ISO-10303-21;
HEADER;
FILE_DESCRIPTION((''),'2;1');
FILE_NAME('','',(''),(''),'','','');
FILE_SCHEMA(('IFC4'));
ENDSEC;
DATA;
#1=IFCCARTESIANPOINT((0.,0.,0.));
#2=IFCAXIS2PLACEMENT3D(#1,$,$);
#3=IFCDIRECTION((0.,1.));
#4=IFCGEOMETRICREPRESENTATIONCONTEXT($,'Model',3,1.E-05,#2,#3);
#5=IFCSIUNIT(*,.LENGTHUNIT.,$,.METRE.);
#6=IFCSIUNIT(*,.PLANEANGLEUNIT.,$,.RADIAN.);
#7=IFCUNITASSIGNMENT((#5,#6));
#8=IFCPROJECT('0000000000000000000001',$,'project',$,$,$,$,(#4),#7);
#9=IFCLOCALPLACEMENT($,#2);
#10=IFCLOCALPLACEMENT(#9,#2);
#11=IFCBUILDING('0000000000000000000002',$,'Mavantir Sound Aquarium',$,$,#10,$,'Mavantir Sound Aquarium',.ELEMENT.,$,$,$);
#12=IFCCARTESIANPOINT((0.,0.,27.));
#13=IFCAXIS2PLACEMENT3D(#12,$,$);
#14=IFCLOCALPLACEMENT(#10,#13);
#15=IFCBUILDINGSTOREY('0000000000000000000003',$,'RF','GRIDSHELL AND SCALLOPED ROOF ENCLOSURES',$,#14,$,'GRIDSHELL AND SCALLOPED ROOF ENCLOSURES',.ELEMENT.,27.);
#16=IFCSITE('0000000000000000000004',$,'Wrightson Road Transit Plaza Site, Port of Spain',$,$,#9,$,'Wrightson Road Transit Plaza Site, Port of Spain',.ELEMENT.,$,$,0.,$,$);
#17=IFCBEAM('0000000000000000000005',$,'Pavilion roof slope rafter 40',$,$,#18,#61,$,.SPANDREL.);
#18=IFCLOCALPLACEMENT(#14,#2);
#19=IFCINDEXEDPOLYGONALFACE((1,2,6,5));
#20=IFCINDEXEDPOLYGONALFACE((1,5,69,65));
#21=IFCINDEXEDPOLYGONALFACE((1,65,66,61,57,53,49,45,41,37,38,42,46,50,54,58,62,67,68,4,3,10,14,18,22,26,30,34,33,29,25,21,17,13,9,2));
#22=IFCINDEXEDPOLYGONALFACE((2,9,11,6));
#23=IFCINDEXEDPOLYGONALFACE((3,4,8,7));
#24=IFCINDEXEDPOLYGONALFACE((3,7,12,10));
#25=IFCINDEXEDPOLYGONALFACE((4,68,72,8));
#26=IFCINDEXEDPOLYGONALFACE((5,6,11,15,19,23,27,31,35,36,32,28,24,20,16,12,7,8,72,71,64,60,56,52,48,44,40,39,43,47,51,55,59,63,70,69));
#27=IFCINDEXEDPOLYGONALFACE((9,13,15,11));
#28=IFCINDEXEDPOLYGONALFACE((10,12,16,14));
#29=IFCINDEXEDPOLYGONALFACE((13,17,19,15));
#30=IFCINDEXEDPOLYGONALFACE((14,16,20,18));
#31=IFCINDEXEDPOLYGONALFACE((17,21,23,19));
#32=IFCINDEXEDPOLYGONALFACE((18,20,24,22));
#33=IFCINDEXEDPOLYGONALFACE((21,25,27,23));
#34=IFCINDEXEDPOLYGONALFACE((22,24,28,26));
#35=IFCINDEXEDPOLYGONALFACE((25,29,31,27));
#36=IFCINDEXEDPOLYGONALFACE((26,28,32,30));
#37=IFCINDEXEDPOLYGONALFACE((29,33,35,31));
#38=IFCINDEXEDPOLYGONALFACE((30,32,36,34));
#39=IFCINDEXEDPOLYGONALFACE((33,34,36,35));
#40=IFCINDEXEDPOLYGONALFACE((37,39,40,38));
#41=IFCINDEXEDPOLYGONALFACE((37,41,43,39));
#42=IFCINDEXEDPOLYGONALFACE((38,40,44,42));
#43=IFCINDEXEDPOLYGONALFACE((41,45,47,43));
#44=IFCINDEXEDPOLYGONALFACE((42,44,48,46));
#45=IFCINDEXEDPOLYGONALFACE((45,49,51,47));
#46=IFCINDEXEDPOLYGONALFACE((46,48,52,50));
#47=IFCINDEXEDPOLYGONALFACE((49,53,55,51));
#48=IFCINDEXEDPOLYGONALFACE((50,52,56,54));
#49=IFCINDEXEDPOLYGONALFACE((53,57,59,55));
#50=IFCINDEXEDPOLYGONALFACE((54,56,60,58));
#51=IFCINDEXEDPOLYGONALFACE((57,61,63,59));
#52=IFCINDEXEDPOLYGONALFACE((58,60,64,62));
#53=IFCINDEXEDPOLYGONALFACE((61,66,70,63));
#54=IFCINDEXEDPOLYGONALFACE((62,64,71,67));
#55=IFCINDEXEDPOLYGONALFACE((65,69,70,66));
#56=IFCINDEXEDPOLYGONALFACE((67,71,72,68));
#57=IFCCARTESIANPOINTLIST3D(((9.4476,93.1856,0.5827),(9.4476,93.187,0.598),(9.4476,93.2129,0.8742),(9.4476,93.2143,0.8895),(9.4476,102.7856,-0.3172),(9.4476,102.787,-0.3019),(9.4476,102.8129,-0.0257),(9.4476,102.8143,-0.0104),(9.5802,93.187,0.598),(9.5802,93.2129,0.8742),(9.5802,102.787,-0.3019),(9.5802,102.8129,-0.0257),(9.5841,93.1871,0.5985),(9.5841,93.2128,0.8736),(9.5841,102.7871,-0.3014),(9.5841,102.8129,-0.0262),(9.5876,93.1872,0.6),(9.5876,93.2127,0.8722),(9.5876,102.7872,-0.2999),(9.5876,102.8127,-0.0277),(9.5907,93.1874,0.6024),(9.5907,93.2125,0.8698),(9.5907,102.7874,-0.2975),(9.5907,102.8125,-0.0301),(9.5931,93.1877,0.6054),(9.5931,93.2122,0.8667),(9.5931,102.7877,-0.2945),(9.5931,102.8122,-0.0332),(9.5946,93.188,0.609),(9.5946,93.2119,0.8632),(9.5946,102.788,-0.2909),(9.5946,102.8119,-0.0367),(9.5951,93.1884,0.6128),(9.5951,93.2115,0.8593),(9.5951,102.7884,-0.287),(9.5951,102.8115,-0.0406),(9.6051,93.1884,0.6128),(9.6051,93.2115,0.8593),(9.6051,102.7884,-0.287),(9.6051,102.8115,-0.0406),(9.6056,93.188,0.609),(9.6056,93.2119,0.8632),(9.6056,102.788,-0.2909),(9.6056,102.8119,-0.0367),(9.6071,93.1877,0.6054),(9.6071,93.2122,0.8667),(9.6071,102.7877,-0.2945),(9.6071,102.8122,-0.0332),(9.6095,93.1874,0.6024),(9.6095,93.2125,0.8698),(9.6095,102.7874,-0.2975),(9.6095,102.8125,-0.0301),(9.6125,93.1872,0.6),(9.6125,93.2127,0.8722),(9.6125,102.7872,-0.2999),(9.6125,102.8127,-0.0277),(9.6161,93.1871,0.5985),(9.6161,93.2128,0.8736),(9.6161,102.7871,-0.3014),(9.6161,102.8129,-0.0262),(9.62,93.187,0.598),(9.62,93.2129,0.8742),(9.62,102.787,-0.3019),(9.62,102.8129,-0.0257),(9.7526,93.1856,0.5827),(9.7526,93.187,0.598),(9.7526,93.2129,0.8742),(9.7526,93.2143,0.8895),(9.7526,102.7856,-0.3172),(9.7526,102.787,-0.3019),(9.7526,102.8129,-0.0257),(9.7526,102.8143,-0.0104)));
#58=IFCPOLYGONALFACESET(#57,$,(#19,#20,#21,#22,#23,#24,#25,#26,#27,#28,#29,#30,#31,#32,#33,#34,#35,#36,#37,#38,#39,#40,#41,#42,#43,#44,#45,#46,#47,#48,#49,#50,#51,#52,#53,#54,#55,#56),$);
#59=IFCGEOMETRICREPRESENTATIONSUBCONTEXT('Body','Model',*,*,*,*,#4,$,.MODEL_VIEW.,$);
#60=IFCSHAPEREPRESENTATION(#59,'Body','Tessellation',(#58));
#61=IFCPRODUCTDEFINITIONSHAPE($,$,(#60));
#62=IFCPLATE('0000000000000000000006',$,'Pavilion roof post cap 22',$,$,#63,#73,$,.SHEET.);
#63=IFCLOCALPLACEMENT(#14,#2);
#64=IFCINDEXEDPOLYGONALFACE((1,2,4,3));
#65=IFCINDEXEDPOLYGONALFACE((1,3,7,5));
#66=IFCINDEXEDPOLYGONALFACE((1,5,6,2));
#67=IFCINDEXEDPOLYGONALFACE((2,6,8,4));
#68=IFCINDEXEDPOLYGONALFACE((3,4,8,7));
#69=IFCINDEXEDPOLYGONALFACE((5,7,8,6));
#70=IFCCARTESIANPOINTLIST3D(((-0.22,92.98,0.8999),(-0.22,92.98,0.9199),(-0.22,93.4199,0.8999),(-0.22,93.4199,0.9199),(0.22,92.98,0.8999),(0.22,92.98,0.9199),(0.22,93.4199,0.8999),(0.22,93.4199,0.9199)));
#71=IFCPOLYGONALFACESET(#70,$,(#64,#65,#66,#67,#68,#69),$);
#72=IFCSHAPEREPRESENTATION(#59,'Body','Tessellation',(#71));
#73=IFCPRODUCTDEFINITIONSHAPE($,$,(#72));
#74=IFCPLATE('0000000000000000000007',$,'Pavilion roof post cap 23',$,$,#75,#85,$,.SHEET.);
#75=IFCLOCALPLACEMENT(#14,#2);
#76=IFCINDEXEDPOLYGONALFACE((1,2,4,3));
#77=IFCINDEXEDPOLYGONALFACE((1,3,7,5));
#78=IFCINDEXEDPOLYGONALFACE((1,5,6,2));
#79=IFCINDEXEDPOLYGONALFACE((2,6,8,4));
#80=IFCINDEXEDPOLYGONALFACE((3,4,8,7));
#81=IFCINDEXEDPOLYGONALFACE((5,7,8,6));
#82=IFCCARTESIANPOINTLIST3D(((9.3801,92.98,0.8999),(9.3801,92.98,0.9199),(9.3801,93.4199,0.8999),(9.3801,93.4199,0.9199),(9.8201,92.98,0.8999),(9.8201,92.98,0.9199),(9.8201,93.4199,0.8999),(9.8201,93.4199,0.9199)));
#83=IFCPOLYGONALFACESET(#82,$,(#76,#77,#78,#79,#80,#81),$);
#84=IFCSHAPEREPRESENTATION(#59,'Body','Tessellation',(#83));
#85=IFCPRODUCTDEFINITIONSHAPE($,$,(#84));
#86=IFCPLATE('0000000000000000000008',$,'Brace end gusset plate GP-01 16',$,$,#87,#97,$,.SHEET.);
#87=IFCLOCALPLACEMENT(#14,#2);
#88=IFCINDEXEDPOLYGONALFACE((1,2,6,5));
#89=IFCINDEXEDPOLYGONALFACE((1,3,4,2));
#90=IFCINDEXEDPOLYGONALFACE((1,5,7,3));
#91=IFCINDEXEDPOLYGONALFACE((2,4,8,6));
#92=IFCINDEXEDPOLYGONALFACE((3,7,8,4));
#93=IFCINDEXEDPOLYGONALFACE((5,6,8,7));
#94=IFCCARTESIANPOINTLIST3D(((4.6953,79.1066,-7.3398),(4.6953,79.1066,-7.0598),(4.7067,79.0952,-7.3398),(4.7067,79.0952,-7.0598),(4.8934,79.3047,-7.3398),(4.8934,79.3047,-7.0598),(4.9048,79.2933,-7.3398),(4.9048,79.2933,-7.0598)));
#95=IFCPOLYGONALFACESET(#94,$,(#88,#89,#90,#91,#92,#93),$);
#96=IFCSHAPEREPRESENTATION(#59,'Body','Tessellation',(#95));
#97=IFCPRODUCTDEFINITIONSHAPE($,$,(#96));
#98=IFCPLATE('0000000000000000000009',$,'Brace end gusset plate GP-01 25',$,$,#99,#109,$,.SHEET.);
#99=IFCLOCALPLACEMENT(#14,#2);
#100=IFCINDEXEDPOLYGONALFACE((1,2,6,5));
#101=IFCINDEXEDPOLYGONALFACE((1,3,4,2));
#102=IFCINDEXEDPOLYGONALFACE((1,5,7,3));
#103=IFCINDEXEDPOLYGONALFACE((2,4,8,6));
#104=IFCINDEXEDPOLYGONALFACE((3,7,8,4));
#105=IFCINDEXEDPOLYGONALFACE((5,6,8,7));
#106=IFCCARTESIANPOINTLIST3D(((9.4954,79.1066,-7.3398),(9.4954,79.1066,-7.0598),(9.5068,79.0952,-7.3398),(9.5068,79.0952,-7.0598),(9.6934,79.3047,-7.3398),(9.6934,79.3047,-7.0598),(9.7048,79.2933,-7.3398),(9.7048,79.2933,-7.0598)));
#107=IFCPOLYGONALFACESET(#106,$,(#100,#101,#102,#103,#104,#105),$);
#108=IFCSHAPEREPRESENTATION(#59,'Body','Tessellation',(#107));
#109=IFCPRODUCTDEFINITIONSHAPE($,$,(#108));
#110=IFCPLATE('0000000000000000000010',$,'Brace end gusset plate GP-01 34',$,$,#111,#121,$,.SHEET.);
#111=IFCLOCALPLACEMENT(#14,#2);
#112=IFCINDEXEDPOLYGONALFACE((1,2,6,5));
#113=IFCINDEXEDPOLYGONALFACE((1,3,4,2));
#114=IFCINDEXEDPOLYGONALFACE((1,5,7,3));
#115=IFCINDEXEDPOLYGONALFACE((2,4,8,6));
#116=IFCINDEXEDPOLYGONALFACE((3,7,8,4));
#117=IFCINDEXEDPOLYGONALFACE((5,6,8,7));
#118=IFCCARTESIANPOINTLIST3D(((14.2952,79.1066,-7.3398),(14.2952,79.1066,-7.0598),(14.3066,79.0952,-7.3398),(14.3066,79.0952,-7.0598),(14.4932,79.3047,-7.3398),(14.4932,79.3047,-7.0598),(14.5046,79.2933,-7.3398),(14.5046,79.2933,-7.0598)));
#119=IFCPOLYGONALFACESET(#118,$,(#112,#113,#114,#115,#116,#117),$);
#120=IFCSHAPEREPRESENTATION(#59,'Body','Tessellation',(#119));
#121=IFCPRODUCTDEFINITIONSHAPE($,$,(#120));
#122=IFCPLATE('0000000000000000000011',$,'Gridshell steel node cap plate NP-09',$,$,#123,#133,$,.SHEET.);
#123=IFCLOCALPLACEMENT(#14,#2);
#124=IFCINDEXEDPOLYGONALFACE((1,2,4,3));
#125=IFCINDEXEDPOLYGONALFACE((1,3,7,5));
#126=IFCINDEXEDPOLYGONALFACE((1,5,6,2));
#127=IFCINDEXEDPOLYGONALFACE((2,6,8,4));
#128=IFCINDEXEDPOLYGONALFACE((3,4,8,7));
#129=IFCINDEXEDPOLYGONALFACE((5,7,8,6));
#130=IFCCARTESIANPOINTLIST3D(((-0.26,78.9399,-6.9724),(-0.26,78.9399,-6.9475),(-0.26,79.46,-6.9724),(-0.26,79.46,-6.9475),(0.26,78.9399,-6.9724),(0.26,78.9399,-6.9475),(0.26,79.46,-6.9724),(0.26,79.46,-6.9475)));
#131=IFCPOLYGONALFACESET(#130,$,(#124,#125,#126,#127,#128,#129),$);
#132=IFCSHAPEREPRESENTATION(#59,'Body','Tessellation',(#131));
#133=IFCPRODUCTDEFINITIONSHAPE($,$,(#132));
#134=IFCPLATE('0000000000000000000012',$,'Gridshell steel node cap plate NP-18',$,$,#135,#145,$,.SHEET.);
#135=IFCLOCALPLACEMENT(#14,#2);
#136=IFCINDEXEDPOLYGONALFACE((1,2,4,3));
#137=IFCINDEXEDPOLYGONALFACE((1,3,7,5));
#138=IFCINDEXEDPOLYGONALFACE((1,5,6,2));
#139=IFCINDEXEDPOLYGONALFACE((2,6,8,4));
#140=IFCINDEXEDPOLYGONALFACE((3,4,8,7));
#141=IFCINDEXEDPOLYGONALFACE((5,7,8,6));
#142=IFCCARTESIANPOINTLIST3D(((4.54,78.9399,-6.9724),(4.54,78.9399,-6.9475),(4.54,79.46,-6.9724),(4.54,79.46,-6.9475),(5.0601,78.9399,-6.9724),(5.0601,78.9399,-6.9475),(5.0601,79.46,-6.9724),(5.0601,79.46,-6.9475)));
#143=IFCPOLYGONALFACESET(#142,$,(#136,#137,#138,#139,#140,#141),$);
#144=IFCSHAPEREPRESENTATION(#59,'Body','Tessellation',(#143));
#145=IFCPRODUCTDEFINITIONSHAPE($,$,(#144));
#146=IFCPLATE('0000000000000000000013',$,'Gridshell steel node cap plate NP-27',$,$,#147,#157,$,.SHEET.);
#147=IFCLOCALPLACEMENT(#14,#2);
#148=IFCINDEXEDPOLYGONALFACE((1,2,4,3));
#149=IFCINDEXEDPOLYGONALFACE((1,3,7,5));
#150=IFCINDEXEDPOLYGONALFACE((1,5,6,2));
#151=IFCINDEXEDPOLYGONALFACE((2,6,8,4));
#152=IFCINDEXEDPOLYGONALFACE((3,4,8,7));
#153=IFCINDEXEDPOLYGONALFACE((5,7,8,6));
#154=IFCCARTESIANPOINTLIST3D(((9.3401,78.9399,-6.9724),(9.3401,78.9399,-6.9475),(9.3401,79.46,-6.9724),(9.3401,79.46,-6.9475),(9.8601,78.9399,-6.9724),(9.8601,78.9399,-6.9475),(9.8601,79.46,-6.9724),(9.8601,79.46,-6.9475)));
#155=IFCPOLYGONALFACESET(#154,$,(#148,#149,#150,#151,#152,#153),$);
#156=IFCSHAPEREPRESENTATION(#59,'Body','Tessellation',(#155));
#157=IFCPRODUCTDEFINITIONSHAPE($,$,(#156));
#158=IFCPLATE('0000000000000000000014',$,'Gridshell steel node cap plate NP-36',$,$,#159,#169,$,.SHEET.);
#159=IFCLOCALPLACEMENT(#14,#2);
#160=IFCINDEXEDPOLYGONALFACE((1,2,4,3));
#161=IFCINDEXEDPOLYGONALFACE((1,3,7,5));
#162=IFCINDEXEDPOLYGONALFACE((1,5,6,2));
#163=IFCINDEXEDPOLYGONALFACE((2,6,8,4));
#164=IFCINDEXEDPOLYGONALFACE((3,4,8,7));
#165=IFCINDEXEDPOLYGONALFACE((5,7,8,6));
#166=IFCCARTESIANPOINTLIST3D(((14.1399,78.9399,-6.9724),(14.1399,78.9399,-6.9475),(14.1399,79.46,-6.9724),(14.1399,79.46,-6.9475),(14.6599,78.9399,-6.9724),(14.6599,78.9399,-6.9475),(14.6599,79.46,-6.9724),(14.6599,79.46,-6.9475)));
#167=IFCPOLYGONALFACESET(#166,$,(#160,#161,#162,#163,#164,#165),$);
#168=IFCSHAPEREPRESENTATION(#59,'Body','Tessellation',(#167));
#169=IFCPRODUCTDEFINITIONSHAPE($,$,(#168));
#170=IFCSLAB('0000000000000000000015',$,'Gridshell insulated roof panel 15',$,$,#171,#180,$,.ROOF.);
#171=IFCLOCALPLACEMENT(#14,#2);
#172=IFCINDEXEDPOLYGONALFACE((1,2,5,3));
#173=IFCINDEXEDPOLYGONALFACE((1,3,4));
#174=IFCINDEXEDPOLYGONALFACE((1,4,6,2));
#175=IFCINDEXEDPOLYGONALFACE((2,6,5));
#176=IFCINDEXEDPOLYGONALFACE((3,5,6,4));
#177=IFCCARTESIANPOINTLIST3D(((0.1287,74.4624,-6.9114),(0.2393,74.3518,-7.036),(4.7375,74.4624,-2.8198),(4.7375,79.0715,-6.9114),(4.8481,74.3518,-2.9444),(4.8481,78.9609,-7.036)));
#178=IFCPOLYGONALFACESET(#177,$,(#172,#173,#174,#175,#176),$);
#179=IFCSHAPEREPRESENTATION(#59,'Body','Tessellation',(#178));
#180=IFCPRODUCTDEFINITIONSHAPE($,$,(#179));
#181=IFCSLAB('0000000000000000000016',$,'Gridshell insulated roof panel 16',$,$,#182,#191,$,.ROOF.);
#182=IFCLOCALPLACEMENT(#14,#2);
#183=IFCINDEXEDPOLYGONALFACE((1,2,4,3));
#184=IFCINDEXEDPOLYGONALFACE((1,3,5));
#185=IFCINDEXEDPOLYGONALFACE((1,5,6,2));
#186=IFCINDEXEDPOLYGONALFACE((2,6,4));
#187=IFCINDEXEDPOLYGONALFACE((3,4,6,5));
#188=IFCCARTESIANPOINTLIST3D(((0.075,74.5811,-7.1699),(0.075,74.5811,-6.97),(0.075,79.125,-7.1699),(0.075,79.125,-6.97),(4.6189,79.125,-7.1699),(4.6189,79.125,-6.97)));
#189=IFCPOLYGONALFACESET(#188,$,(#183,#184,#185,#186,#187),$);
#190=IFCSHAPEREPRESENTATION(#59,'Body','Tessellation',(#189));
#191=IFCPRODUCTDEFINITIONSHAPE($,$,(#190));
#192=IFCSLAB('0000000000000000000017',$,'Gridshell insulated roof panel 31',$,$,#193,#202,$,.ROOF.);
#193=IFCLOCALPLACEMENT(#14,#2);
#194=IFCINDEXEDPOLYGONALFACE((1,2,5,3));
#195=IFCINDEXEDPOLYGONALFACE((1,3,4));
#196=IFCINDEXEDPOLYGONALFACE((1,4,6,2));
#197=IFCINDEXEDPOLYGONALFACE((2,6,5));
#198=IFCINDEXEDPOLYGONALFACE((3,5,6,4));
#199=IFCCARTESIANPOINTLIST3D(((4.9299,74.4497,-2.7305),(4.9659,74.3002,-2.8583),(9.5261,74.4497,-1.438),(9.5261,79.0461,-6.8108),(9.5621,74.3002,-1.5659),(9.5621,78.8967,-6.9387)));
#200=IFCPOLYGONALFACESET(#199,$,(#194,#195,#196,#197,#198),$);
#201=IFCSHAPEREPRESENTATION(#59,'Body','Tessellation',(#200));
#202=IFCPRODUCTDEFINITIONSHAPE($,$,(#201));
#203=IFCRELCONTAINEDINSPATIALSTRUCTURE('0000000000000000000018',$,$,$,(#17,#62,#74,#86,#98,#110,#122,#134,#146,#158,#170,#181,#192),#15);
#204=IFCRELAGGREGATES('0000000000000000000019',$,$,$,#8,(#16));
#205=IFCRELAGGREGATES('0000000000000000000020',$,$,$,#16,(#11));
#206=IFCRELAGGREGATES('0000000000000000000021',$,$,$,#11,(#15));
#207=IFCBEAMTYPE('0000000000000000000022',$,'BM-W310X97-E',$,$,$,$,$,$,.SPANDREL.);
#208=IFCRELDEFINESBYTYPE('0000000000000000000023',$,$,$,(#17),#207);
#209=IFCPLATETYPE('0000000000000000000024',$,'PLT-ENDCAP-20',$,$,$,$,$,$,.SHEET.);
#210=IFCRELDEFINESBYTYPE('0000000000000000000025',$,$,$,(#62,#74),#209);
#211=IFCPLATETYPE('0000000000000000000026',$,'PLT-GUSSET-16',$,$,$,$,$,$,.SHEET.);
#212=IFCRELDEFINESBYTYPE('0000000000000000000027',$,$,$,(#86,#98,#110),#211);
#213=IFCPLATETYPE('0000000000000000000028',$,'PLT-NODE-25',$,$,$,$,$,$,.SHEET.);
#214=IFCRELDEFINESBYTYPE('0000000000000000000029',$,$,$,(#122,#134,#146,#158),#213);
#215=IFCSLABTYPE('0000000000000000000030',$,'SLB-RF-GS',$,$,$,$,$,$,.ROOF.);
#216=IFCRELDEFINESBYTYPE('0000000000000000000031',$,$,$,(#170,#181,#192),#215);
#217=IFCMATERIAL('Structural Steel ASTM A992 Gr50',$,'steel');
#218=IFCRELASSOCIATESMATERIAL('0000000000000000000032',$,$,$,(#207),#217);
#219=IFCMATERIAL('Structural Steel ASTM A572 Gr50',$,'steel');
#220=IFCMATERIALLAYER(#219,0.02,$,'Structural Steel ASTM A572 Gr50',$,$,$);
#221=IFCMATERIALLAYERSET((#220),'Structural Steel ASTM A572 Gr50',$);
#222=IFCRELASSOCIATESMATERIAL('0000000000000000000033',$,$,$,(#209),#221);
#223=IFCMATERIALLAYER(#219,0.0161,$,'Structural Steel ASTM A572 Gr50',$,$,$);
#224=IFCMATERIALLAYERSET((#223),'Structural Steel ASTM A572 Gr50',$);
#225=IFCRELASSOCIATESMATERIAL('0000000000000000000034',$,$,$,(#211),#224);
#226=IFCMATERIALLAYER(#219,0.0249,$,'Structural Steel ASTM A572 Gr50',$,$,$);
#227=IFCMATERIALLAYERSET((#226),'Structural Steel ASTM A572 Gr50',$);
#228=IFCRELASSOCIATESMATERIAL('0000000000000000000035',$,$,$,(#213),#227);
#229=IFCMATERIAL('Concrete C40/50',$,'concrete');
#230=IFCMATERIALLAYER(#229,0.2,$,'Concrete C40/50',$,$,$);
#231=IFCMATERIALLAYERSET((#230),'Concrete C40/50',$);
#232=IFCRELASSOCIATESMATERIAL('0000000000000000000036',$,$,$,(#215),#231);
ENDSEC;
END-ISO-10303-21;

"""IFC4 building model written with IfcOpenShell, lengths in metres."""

from ifc_helpers import new_model, si_unit, direction, frame, origin, origin_2d, place, context, subcontext, project, spatial, polyline, rectangle, i_section, outline, extrude, material, layer, layer_set, material_profile, profile_set, type_object, element, save


model = new_model("IFC4")

# Units and contexts
model_context = context("Model", 3, precision=1e-05, world=origin(), true_north=direction((0.0, 1.0)))
body_context = subcontext(model_context, "Body", "Model", "MODEL_VIEW")
ifc_project = project(units=[si_unit("LENGTHUNIT", "METRE"), si_unit("PLANEANGLEUNIT", "RADIAN")], contexts=[model_context])

# Site, building, storey
site_placement = place(None, origin())
site = spatial("IfcSite", under=ifc_project, at=site_placement, Name="Wrightson Road Transit Plaza Site, Port of Spain", LongName="Wrightson Road Transit Plaza Site, Port of Spain", CompositionType="ELEMENT", RefElevation=0.0)
building_placement = place(site_placement, origin())
building = spatial("IfcBuilding", under=site, at=building_placement, Name="Mavantir Sound Aquarium", LongName="Mavantir Sound Aquarium", CompositionType="ELEMENT")
storey_placement = place(building_placement, frame((0.0, 0.0, 27.0)))
storey = spatial("IfcBuildingStorey", under=building, at=storey_placement, Name="RF", Description="GRIDSHELL AND SCALLOPED ROOF ENCLOSURES", LongName="GRIDSHELL AND SCALLOPED ROOF ENCLOSURES", CompositionType="ELEMENT", Elevation=27.0)

# Shared definitions
ifc_material_1 = material(Name="Concrete C40/50", Category="concrete")

# Beam
ifc_material_2 = material(Name="Structural Steel ASTM A992 Gr50", Category="steel")
ifc_material_profile_1 = material_profile(ifc_material_2, i_section(OverallWidth=0.3049, OverallDepth=0.3081, WebThickness=0.01, FlangeThickness=0.0154, FilletRadius=0.0149, at=origin_2d()), Name="W310X97")
ifc_profile_set_1 = profile_set([ifc_material_profile_1], Name="Structural Steel ASTM A992 Gr50")
beam_type_1 = type_object("IfcBeamType", Name="BM-W310X97-E", PredefinedType="SPANDREL", material=ifc_profile_set_1)
for number, where, z_axis, x_axis, name in (
    (1, (9.6001, 93.2, 0.7361), (0.0, 0.995635, -0.09333), (-1.0, 0.0, 0.0), "Pavilion roof slope rafter 40"),
):
    element("IfcBeam", number, at=place(storey_placement, frame(where, z_axis=z_axis, x_axis=x_axis)), inside=storey, type_object=beam_type_1, Name=name, PredefinedType="SPANDREL", context=body_context, shape_type="SweptSolid", body=[
        extrude(i_section(OverallWidth=0.3049, OverallDepth=0.3081, WebThickness=0.01, FlangeThickness=0.0154, FilletRadius=0.0149, at=origin_2d()), origin(), (0.0, 0.0, 1.0), 9.6421),
    ])

# Plates
ifc_material_3 = material(Name="Structural Steel ASTM A572 Gr50", Category="steel")
ifc_layer_1 = layer(ifc_material_3, 0.02, Name="Structural Steel ASTM A572 Gr50")
ifc_layer_set_1 = layer_set([ifc_layer_1], Name="Structural Steel ASTM A572 Gr50")
plate_type_1 = type_object("IfcPlateType", Name="PLT-ENDCAP-20", PredefinedType="SHEET", material=ifc_layer_set_1)
for number, where, z_axis, x_axis, name in (
    (2, (0.0, 93.2, 0.8999), (0.0, 0.0, 1.0), (1.0, 0.0, 0.0), "Pavilion roof post cap 22"),
    (3, (9.6001, 93.2, 0.8999), (0.0, 0.0, 1.0), (1.0, 0.0, 0.0), "Pavilion roof post cap 23"),
):
    element("IfcPlate", number, at=place(storey_placement, frame(where, z_axis=z_axis, x_axis=x_axis)), inside=storey, type_object=plate_type_1, Name=name, PredefinedType="SHEET", context=body_context, shape_type="SweptSolid", body=[
        extrude(rectangle(XDim=0.4399, YDim=0.4399, at=origin_2d()), origin(), (0.0, 0.0, 1.0), 0.02),
    ])
ifc_layer_2 = layer(ifc_material_3, 0.0161, Name="Structural Steel ASTM A572 Gr50")
ifc_layer_set_2 = layer_set([ifc_layer_2], Name="Structural Steel ASTM A572 Gr50")
plate_type_2 = type_object("IfcPlateType", Name="PLT-GUSSET-16", PredefinedType="SHEET", material=ifc_layer_set_2)
for number, where, z_axis, x_axis, name in (
    (4, (4.8, 79.2, -7.3398), (0.0, 0.0, 1.0), (0.707107, 0.707107, 0.0), "Brace end gusset plate GP-01 16"),
    (5, (9.6001, 79.2, -7.3398), (0.0, 0.0, 1.0), (0.707107, 0.707107, 0.0), "Brace end gusset plate GP-01 25"),
    (6, (14.3999, 79.2, -7.3398), (0.0, 0.0, 1.0), (0.707107, 0.707107, 0.0), "Brace end gusset plate GP-01 34"),
):
    element("IfcPlate", number, at=place(storey_placement, frame(where, z_axis=z_axis, x_axis=x_axis)), inside=storey, type_object=plate_type_2, Name=name, PredefinedType="SHEET", context=body_context, shape_type="SweptSolid", body=[
        extrude(rectangle(XDim=0.28, YDim=0.0161, at=origin_2d()), origin(), (0.0, 0.0, 1.0), 0.28),
    ])
ifc_layer_3 = layer(ifc_material_3, 0.0249, Name="Structural Steel ASTM A572 Gr50")
ifc_layer_set_3 = layer_set([ifc_layer_3], Name="Structural Steel ASTM A572 Gr50")
plate_type_3 = type_object("IfcPlateType", Name="PLT-NODE-25", PredefinedType="SHEET", material=ifc_layer_set_3)
for number, where, z_axis, x_axis, name in (
    (7, (0.0, 79.2, -6.9724), (0.0, 0.0, 1.0), (1.0, 0.0, 0.0), "Gridshell steel node cap plate NP-09"),
    (8, (4.8, 79.2, -6.9724), (0.0, 0.0, 1.0), (1.0, 0.0, 0.0), "Gridshell steel node cap plate NP-18"),
    (9, (9.6001, 79.2, -6.9724), (0.0, 0.0, 1.0), (1.0, 0.0, 0.0), "Gridshell steel node cap plate NP-27"),
    (10, (14.3999, 79.2, -6.9724), (0.0, 0.0, 1.0), (1.0, 0.0, 0.0), "Gridshell steel node cap plate NP-36"),
):
    element("IfcPlate", number, at=place(storey_placement, frame(where, z_axis=z_axis, x_axis=x_axis)), inside=storey, type_object=plate_type_3, Name=name, PredefinedType="SHEET", context=body_context, shape_type="SweptSolid", body=[
        extrude(rectangle(XDim=0.52, YDim=0.52, at=origin_2d()), origin(), (0.0, 0.0, 1.0), 0.0249),
    ])

# Slabs
ifc_layer_4 = layer(ifc_material_1, 0.2, Name="Concrete C40/50")
ifc_layer_set_4 = layer_set([ifc_layer_4], Name="Concrete C40/50")
slab_type_1 = type_object("IfcSlabType", Name="SLB-RF-GS", PredefinedType="ROOF", material=ifc_layer_set_4)
slab_1_placement = place(storey_placement, frame((0.1287, 74.4624, -6.9114), z_axis=(-0.553106, 0.553077, 0.623041), x_axis=(0.747831, 0.0, 0.663889)))
element("IfcSlab", 11, at=slab_1_placement, inside=storey, type_object=slab_type_1, Name="Gridshell insulated roof panel 15", PredefinedType="ROOF", context=body_context, shape_type="SweptSolid", body=[
    extrude(outline(polyline([(0.0, 0.0), (6.163, 0.0), (3.4467, 5.5323), (0.0, 0.0)])), origin(), (0.0, 0.0, -1.0), 0.2),
])
slab_2_placement = place(storey_placement, frame((0.075, 74.5811, -6.97), z_axis=(0.0, 0.0, 1.0), x_axis=(0.707107, 0.707107, 0.0)))
element("IfcSlab", 12, at=slab_2_placement, inside=storey, type_object=slab_type_1, Name="Gridshell insulated roof panel 16", PredefinedType="ROOF", context=body_context, shape_type="SweptSolid", body=[
    extrude(outline(polyline([(0.0, 0.0), (6.4261, 0.0), (3.2131, 3.2131), (0.0, 0.0)])), origin(), (0.0, 0.0, -1.0), 0.2),
])
slab_3_placement = place(storey_placement, frame((4.9299, 74.4497, -2.7305), z_axis=(-0.179825, 0.747486, 0.639475), x_axis=(0.962662, 0.0, 0.270707)))
element("IfcSlab", 13, at=slab_3_placement, inside=storey, type_object=slab_type_1, Name="Gridshell insulated roof panel 31", PredefinedType="ROOF", context=body_context, shape_type="SweptSolid", body=[
    extrude(outline(polyline([(0.0, 0.0), (4.7745, 0.0), (3.32, 6.9194), (0.0, 0.0)])), origin(), (0.0, 0.0, -1.0), 0.2),
])

save(model, "model.ifc")
